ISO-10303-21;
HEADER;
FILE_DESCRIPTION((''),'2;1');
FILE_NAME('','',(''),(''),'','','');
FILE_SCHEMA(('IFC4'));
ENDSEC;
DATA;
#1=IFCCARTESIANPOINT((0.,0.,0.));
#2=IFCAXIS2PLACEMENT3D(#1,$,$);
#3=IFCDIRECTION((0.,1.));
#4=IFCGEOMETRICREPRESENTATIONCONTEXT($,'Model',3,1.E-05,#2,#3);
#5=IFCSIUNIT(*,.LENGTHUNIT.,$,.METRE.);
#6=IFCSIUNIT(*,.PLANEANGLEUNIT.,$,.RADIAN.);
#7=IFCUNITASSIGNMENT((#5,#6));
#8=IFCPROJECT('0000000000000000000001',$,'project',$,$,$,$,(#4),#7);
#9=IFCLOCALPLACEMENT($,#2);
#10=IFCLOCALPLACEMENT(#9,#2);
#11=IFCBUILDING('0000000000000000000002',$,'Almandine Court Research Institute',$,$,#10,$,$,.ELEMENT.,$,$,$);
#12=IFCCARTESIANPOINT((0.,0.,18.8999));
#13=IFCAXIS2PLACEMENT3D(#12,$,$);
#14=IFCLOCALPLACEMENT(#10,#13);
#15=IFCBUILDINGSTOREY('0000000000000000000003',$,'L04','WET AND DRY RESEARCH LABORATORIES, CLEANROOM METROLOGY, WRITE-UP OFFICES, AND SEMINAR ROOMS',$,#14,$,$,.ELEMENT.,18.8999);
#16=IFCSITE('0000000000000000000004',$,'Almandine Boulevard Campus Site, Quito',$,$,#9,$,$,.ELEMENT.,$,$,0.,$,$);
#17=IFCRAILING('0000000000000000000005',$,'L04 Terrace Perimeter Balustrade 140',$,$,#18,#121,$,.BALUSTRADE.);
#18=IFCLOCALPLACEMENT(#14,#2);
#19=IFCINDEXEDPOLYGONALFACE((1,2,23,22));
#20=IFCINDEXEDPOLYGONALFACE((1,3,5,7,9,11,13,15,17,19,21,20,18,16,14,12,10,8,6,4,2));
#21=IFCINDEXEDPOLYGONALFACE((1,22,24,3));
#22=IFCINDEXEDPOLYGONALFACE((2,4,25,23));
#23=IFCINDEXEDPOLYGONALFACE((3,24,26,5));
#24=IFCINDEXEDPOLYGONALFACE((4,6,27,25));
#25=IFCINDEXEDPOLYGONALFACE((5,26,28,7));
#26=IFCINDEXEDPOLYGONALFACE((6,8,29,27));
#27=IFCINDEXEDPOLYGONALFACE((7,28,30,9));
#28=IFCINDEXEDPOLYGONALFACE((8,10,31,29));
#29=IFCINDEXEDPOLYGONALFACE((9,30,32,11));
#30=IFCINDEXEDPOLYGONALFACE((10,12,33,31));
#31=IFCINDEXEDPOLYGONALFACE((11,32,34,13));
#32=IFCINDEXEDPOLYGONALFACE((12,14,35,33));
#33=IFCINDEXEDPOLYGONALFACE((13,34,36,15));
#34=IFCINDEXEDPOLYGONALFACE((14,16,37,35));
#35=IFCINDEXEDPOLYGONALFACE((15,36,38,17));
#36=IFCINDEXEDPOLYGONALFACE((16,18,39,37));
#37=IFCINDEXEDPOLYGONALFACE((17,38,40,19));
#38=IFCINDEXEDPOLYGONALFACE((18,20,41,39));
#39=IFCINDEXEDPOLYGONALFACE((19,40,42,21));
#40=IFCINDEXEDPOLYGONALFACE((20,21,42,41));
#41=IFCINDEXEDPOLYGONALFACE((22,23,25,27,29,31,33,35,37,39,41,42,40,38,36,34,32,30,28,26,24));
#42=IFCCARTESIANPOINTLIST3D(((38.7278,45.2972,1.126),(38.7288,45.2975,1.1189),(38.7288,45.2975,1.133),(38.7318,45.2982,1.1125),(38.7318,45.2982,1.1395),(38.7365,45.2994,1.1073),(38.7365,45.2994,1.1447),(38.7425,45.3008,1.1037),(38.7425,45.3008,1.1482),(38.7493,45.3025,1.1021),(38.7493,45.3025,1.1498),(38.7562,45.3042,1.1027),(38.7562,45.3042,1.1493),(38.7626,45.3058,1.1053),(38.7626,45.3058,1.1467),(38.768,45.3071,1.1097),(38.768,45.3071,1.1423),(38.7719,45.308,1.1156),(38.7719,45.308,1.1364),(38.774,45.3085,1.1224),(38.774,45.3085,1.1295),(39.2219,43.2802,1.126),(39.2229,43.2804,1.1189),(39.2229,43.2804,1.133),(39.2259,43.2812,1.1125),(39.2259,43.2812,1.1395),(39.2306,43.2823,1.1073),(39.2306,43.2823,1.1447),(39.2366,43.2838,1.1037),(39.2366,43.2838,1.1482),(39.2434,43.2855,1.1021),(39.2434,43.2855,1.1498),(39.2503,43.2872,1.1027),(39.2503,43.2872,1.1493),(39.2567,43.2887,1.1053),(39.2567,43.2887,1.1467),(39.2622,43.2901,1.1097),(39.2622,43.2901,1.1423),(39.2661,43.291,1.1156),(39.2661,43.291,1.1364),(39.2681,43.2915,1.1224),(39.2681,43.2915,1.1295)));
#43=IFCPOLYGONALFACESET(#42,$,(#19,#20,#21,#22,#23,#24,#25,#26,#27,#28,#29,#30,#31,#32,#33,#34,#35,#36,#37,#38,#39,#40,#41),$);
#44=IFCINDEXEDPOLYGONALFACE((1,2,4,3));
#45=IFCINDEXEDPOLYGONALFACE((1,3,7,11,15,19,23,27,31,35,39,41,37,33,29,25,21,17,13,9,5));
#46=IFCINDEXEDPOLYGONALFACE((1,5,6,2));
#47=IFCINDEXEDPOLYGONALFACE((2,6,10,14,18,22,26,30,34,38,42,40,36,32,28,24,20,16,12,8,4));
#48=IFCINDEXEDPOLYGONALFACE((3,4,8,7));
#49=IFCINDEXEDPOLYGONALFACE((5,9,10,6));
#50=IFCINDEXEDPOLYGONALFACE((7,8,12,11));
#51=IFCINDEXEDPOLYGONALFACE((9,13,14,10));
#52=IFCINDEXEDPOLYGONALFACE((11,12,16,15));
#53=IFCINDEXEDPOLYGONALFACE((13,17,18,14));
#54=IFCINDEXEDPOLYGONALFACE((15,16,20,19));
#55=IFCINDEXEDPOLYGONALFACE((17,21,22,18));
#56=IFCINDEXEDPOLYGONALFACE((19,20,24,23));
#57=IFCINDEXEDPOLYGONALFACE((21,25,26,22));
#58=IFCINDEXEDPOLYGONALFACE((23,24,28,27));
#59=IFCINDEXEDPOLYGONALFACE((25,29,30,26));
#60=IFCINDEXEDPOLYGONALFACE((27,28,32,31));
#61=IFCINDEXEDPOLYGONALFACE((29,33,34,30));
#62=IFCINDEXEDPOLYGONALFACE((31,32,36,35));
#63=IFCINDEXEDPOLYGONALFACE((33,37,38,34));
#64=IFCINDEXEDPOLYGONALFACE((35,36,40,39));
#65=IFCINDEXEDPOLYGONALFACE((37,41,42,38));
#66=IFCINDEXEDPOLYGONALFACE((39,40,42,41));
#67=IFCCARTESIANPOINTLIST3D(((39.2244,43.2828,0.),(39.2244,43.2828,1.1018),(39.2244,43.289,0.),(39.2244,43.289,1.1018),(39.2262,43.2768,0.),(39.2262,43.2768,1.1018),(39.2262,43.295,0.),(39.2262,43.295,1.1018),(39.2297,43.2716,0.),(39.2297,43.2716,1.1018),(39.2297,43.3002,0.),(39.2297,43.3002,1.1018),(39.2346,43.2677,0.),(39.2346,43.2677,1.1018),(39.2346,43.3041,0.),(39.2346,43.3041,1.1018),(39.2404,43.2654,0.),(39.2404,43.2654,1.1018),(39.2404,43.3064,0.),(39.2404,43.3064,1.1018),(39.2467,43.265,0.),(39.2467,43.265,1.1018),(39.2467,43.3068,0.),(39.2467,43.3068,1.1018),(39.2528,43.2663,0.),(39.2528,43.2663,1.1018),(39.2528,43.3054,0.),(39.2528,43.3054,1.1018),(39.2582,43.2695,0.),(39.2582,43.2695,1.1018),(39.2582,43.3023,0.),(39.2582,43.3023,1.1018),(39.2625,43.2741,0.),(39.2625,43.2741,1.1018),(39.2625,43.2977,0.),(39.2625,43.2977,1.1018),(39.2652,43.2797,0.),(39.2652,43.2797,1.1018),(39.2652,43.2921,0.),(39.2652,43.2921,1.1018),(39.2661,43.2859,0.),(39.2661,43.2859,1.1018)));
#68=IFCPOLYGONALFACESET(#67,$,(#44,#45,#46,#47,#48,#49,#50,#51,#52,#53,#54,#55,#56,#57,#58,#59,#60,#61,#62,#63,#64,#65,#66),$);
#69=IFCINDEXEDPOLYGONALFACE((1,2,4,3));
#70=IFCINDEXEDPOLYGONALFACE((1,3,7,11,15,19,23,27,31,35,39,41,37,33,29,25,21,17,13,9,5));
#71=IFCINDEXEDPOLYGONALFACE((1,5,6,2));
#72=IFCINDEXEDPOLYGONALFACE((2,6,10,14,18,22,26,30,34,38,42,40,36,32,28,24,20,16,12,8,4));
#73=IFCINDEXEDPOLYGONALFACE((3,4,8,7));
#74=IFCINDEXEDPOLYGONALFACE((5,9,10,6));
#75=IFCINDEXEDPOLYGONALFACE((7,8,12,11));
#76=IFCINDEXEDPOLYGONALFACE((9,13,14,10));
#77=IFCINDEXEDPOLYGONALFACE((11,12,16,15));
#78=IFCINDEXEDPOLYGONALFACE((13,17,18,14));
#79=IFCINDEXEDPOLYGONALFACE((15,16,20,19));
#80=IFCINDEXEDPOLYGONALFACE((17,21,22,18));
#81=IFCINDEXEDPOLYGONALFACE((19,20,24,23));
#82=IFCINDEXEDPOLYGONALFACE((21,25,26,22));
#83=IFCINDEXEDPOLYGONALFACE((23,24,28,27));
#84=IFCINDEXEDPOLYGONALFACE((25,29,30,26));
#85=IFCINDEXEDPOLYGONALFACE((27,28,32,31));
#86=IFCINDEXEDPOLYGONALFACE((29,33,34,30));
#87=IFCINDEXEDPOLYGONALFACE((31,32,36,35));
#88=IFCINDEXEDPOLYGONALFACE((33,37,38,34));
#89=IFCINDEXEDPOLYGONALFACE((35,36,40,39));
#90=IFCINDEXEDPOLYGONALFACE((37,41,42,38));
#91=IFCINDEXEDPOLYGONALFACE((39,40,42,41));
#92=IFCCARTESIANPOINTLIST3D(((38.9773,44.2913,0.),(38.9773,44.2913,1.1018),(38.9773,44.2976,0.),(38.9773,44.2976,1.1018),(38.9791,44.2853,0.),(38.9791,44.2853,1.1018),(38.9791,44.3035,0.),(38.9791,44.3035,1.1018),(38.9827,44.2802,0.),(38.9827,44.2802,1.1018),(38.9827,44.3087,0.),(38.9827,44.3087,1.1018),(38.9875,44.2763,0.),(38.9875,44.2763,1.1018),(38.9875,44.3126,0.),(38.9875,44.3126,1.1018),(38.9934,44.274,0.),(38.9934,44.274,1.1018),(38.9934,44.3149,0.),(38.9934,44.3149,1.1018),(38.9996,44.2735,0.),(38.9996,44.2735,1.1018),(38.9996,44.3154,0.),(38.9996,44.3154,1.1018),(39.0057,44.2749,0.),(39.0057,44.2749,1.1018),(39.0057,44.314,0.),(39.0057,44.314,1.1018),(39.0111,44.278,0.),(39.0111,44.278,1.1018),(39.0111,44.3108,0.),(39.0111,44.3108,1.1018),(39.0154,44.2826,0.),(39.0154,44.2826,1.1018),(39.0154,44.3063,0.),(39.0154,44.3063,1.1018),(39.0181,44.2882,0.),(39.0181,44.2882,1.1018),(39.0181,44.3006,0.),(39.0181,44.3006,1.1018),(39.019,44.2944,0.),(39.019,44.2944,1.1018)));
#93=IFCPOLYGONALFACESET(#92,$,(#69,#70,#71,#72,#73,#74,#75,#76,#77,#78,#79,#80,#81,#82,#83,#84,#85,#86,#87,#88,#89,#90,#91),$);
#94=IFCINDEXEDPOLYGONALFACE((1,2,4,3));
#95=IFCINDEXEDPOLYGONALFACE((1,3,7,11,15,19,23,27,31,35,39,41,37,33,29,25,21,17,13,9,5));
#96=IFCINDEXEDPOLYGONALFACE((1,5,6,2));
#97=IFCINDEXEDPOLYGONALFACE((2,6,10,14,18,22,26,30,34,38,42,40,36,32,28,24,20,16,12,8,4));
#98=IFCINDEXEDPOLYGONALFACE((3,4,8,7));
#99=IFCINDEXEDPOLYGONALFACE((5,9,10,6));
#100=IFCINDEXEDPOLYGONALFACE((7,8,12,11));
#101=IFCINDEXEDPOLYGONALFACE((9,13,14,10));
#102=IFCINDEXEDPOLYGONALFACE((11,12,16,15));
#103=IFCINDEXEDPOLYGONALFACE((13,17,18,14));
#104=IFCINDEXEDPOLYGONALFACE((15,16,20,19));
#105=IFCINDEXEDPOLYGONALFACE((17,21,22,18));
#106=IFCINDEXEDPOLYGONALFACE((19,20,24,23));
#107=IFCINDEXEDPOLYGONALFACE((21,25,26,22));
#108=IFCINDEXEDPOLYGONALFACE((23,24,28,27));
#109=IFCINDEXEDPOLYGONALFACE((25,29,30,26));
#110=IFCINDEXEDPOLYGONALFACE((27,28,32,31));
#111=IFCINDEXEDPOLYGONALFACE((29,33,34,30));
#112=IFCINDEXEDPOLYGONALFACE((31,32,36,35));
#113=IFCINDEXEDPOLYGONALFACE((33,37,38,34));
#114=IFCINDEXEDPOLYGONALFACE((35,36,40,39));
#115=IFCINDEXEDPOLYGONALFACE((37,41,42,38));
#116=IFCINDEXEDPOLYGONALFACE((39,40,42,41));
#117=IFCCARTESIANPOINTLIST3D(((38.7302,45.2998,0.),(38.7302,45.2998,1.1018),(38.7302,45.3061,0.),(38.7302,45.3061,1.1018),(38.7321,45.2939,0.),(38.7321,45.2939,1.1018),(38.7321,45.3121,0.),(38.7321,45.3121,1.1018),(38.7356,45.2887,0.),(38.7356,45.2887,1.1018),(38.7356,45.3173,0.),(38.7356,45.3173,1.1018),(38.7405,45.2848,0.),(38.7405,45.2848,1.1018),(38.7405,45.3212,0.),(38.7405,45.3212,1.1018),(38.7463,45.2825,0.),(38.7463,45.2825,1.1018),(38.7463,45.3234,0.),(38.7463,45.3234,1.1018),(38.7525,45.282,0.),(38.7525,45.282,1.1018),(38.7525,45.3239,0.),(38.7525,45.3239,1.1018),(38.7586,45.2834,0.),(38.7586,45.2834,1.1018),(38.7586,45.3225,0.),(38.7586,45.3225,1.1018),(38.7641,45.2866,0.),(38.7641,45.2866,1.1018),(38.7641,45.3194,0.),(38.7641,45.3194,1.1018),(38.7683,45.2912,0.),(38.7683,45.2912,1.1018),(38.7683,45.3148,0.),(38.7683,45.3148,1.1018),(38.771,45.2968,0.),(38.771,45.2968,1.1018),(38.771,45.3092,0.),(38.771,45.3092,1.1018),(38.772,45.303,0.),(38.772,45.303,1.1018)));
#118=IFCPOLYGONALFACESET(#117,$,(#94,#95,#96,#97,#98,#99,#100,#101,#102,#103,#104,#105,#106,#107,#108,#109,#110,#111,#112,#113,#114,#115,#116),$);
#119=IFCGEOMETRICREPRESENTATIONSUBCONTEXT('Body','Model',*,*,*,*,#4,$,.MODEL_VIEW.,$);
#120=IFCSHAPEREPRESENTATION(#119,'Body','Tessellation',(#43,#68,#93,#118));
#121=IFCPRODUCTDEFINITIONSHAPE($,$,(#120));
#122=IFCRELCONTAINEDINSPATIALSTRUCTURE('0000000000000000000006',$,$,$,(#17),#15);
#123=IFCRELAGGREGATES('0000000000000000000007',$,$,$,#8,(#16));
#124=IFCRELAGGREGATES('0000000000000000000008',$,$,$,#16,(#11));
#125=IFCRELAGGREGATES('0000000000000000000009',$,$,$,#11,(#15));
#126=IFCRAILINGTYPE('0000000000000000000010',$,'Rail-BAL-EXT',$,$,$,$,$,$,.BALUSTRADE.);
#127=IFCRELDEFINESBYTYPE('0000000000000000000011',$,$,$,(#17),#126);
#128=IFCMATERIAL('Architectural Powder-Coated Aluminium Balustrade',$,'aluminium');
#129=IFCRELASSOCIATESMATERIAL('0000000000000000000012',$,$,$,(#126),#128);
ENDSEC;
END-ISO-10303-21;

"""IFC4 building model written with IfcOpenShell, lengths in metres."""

from ifc_helpers import new_model, si_unit, direction, frame, origin, origin_2d, place, context, subcontext, project, spatial, circle, extrude, material, type_object, element, save


model = new_model("IFC4")

# Units and contexts
model_context = context("Model", 3, precision=1e-05, world=origin(), true_north=direction((0.0, 1.0)))
body_context = subcontext(model_context, "Body", "Model", "MODEL_VIEW")
ifc_project = project(units=[si_unit("LENGTHUNIT", "METRE"), si_unit("PLANEANGLEUNIT", "RADIAN")], contexts=[model_context])

# Site, building, storey
site_placement = place(None, origin())
site = spatial("IfcSite", under=ifc_project, at=site_placement, Name="Almandine Boulevard Campus Site, Quito", CompositionType="ELEMENT", RefElevation=0.0)
building_placement = place(site_placement, origin())
building = spatial("IfcBuilding", under=site, at=building_placement, Name="Almandine Court Research Institute", CompositionType="ELEMENT")
storey_placement = place(building_placement, frame((0.0, 0.0, 18.8999)))
storey = spatial("IfcBuildingStorey", under=building, at=storey_placement, Name="L04", Description="WET AND DRY RESEARCH LABORATORIES, CLEANROOM METROLOGY, WRITE-UP OFFICES, AND SEMINAR ROOMS", CompositionType="ELEMENT", Elevation=18.8999)

# Railing
ifc_material_1 = material(Name="Architectural Powder-Coated Aluminium Balustrade", Category="aluminium")
railing_type = type_object("IfcRailingType", Name="Rail-BAL-EXT", PredefinedType="BALUSTRADE", material=ifc_material_1)
railing_1_placement = place(storey_placement, frame((39.2451, 43.2859, 0.0)))
element("IfcRailing", 1, at=railing_1_placement, inside=storey, type_object=railing_type, Name="L04 Terrace Perimeter Balustrade 140", PredefinedType="BALUSTRADE", context=body_context, shape_type="SweptSolid", body=[
    extrude(circle(Radius=0.0239, at=origin_2d()), frame((0.0, 0.0, 1.126), z_axis=(-0.237941, 0.97128, 0.0), x_axis=(-0.97128, -0.237941, 0.0)), (0.0, 0.0, 1.0), 2.0767),
    extrude(circle(Radius=0.021, at=origin_2d()), origin(), (0.0, 0.0, 1.0), 1.1018),
    extrude(circle(Radius=0.021, at=origin_2d()), frame((-0.2471, 1.0085, 0.0)), (0.0, 0.0, 1.0), 1.1018),
    extrude(circle(Radius=0.021, at=origin_2d()), frame((-0.4941, 2.0171, 0.0)), (0.0, 0.0, 1.0), 1.1018),
])

save(model, "model.ifc")
